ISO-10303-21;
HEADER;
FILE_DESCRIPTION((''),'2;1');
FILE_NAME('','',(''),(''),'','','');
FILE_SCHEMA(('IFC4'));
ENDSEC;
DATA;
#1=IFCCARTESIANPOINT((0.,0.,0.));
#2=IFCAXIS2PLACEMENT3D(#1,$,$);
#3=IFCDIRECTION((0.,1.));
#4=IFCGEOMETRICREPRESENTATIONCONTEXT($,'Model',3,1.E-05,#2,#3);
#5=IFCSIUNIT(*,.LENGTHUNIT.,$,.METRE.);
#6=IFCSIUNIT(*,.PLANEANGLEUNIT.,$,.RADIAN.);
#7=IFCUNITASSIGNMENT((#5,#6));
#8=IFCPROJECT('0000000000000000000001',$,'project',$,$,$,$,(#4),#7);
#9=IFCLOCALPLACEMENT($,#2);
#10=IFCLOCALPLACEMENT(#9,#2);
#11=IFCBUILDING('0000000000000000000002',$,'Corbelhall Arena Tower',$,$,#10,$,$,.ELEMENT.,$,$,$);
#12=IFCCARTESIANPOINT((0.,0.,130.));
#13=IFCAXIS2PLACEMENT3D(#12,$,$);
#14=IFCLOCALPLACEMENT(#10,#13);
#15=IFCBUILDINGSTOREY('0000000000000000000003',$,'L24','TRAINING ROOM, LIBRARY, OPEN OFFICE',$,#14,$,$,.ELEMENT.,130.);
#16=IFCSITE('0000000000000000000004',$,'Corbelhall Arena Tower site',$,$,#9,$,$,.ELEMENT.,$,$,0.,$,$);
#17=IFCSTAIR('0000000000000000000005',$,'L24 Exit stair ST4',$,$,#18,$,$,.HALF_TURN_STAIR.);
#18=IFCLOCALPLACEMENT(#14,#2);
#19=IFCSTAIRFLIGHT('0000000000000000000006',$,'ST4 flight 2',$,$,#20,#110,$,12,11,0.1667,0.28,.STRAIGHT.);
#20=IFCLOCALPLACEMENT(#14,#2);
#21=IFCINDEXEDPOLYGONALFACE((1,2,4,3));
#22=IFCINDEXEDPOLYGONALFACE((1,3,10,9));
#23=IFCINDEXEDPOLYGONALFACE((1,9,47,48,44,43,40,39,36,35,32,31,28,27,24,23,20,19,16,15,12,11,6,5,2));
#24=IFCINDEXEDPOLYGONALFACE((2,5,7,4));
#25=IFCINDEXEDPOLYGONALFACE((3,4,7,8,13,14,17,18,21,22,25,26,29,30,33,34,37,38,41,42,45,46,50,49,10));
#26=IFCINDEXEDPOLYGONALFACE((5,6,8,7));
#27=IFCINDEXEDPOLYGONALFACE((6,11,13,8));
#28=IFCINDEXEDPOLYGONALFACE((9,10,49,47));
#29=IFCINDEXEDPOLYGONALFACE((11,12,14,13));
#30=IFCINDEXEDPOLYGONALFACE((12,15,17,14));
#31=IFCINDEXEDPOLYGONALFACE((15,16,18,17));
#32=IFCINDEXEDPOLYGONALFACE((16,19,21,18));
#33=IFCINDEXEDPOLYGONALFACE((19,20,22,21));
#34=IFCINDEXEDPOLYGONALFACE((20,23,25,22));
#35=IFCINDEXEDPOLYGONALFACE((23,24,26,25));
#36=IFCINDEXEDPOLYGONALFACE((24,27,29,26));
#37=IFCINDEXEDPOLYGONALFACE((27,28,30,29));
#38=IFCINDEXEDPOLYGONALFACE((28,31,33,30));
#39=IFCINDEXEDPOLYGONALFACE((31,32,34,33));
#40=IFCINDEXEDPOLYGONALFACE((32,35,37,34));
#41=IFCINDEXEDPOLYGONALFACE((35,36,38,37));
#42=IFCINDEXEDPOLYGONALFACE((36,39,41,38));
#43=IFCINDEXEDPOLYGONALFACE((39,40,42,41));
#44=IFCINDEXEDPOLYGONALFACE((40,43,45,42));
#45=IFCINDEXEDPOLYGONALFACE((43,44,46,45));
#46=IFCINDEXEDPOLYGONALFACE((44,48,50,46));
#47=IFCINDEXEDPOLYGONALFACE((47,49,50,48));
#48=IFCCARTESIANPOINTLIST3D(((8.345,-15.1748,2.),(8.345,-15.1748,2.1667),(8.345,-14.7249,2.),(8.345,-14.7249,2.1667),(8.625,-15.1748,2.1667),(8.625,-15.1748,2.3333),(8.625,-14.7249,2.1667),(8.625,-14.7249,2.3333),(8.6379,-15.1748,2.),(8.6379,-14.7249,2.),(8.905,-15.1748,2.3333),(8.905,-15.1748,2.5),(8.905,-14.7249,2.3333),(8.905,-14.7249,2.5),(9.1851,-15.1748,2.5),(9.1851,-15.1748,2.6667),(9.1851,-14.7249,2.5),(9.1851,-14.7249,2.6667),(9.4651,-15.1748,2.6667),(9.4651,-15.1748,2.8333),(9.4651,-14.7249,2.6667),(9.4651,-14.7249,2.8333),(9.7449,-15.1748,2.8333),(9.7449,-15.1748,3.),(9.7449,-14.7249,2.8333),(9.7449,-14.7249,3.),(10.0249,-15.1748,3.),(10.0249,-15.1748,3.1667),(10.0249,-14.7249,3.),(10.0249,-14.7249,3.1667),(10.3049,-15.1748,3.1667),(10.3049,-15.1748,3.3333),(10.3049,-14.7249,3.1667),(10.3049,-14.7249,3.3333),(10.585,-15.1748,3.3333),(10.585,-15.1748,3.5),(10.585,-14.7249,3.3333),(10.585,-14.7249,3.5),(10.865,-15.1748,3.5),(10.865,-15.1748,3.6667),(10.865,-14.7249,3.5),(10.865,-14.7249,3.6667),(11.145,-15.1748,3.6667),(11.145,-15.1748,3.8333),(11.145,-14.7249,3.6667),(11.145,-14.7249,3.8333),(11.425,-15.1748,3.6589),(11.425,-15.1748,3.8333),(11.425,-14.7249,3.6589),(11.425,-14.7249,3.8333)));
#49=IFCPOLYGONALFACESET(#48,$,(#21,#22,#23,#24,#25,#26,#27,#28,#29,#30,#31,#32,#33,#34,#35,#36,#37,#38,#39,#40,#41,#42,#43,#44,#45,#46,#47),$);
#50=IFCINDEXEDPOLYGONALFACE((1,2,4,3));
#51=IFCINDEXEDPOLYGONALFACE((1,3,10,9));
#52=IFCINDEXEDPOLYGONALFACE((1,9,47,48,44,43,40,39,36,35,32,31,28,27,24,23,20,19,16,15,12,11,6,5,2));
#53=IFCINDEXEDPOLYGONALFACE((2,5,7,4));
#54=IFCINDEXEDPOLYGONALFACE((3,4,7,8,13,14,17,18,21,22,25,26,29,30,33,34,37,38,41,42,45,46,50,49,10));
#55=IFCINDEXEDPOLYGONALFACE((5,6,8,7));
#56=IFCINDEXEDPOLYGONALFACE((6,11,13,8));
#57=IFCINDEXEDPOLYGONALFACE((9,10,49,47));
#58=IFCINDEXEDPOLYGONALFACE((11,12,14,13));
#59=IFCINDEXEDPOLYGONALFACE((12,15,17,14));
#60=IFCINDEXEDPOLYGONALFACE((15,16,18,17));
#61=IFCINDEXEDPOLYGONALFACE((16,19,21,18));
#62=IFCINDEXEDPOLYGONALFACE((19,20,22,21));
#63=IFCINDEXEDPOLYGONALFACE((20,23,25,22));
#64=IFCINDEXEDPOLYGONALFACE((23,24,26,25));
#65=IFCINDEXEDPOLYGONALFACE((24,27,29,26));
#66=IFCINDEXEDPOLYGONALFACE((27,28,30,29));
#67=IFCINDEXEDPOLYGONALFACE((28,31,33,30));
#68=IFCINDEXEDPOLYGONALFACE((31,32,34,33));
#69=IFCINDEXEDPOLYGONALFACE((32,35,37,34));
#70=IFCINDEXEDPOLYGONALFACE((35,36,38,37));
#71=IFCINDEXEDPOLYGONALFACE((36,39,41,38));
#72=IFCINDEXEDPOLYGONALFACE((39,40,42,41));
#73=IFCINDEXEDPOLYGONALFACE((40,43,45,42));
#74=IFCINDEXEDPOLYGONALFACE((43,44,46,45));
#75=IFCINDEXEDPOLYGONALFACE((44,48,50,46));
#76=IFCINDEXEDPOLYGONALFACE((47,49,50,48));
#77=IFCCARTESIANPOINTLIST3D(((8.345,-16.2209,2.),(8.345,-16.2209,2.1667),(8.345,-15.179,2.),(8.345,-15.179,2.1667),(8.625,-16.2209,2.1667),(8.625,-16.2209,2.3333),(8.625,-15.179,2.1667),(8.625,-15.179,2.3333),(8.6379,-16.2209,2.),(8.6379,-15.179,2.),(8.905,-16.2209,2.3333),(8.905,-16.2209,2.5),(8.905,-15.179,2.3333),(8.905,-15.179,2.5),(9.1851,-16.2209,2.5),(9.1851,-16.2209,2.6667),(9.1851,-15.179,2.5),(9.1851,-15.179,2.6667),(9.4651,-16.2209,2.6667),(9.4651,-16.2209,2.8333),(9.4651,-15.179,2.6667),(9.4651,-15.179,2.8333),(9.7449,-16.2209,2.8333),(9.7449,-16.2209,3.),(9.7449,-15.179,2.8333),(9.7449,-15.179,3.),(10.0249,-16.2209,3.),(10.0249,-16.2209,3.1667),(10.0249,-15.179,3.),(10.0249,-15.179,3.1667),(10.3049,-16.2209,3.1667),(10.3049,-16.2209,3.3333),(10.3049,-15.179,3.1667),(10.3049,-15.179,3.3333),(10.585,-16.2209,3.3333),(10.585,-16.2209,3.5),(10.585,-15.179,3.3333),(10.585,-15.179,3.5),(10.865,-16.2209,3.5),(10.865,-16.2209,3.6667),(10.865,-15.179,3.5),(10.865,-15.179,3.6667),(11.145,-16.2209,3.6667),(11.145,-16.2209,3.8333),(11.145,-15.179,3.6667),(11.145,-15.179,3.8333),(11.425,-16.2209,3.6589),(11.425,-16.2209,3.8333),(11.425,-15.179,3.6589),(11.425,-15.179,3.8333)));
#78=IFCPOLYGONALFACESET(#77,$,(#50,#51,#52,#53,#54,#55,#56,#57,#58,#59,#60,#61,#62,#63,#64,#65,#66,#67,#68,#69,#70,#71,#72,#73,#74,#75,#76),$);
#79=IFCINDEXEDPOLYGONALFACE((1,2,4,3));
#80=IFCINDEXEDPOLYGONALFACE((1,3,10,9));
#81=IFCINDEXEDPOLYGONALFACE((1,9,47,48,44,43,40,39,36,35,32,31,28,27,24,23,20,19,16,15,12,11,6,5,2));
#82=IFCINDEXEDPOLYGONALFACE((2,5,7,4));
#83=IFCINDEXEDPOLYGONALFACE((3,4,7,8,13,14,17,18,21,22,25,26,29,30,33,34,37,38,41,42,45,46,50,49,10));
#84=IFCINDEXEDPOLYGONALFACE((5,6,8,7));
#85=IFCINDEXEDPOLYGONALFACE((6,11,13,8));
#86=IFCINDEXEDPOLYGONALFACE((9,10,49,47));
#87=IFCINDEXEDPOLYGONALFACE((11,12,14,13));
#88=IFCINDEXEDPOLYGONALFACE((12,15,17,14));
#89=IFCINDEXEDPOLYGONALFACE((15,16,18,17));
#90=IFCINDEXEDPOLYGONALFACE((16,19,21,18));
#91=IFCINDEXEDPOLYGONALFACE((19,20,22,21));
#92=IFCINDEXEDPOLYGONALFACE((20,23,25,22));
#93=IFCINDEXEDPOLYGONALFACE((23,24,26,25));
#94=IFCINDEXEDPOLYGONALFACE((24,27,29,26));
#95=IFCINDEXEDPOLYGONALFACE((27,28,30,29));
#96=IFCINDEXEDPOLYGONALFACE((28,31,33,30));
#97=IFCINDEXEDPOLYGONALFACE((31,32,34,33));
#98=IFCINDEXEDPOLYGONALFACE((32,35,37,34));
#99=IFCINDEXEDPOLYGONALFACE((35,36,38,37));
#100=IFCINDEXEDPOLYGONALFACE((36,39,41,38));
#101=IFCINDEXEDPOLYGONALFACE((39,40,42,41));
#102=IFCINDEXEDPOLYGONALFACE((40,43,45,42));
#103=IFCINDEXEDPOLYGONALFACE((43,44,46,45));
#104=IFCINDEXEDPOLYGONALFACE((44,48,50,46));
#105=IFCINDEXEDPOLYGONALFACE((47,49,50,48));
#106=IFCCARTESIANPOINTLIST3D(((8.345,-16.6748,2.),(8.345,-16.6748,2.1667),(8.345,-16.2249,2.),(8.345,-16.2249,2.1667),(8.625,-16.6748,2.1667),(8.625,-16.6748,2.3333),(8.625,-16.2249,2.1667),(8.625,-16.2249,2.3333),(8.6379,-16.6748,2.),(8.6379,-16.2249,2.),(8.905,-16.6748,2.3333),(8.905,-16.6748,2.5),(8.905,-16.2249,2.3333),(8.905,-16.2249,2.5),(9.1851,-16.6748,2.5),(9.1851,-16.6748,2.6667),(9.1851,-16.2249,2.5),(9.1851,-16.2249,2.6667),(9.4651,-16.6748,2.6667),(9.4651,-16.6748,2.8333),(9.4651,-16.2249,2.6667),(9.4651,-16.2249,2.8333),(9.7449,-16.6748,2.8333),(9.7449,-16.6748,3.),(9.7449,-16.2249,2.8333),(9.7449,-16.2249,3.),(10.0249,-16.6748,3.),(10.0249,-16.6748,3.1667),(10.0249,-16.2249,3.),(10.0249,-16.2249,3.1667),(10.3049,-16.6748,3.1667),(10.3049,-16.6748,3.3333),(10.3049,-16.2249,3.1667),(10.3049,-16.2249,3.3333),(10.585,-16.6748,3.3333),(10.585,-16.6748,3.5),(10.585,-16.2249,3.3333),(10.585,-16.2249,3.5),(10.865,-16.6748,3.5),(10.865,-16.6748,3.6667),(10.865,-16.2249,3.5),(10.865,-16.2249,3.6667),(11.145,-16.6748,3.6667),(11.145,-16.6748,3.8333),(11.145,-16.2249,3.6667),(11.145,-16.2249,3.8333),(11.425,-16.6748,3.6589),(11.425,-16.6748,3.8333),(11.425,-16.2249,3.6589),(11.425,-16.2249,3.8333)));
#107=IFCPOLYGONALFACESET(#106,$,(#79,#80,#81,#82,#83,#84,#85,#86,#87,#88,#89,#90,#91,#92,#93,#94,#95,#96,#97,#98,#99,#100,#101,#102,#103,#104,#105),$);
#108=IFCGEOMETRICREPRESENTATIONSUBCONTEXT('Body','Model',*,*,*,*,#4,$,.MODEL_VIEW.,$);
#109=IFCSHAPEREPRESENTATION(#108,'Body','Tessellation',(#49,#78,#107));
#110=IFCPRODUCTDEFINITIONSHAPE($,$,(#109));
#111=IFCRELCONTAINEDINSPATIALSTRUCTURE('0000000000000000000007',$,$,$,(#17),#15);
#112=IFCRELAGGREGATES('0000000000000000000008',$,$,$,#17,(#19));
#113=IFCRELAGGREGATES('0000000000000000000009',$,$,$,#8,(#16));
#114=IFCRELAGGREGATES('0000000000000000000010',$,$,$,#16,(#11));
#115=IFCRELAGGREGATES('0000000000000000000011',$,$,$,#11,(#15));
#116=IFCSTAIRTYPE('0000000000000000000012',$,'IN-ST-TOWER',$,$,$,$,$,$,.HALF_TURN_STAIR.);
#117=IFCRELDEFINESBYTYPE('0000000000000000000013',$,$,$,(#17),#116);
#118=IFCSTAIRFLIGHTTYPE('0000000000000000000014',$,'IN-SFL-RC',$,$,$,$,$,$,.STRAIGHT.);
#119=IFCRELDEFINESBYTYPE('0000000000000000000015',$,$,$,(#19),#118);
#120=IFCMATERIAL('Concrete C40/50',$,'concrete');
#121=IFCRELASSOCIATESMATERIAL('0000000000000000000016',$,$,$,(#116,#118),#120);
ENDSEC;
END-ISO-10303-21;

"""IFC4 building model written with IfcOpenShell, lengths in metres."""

from ifc_helpers import new_model, si_unit, direction, frame, origin, place, context, subcontext, project, spatial, polyline, outline, extrude, material, type_object, element, aggregate, save


model = new_model("IFC4")

# Units and contexts
model_context = context("Model", 3, precision=1e-05, world=origin(), true_north=direction((0.0, 1.0)))
body_context = subcontext(model_context, "Body", "Model", "MODEL_VIEW")
ifc_project = project(units=[si_unit("LENGTHUNIT", "METRE"), si_unit("PLANEANGLEUNIT", "RADIAN")], contexts=[model_context])

# Site, building, storey
site_placement = place(None, origin())
site = spatial("IfcSite", under=ifc_project, at=site_placement, Name="Corbelhall Arena Tower site", CompositionType="ELEMENT", RefElevation=0.0)
building_placement = place(site_placement, origin())
building = spatial("IfcBuilding", under=site, at=building_placement, Name="Corbelhall Arena Tower", CompositionType="ELEMENT")
storey_placement = place(building_placement, frame((0.0, 0.0, 130.0)))
storey = spatial("IfcBuildingStorey", under=building, at=storey_placement, Name="L24", Description="TRAINING ROOM, LIBRARY, OPEN OFFICE", CompositionType="ELEMENT", Elevation=130.0)

# Shared definitions
ifc_material_1 = material(Name="Concrete C40/50", Category="concrete")

# Stair, stair flight
stair_type = type_object("IfcStairType", Name="IN-ST-TOWER", PredefinedType="HALF_TURN_STAIR", material=ifc_material_1)
stair_placement = place(storey_placement, origin())
stair = element("IfcStair", 1, at=stair_placement, inside=storey, type_object=stair_type, Name="L24 Exit stair ST4", PredefinedType="HALF_TURN_STAIR")
stair_flight_type = type_object("IfcStairFlightType", Name="IN-SFL-RC", PredefinedType="STRAIGHT", material=ifc_material_1)
stair_flight_1_placement = place(storey_placement, frame((8.345, -15.7, 2.0), z_axis=(0.0, 0.0, 1.0), x_axis=(1.0, 0.0, 0.0)))
stair_flight_1 = element("IfcStairFlight", 2, at=stair_flight_1_placement, type_object=stair_flight_type, Name="ST4 flight 2", NumberOfRisers=12, NumberOfTreads=11, PredefinedType="STRAIGHT", RiserHeight=0.1667, TreadLength=0.28, context=body_context, shape_type="SweptSolid", body=[
    extrude(outline(polyline([(0.0, 0.0), (0.0, 0.1667), (0.28, 0.1667), (0.28, 0.3333), (0.5601, 0.3333), (0.5601, 0.5), (0.8401, 0.5), (0.8401, 0.6667), (1.1201, 0.6667), (1.1201, 0.8333), (1.3999, 0.8333), (1.3999, 1.0), (1.6799, 1.0), (1.6799, 1.1667), (1.96, 1.1667), (1.96, 1.3333), (2.24, 1.3333), (2.24, 1.5), (2.52, 1.5), (2.52, 1.6667), (2.8, 1.6667), (2.8, 1.8333), (3.0801, 1.8333), (3.0801, 2.0), (3.0801, 1.6589), (0.293, 0.0), (0.0, 0.0)])), frame((0.0, 0.9751, 0.0), z_axis=(0.0, -1.0, 0.0), x_axis=(1.0, 0.0, 0.0)), (0.0, 0.0, 1.0), 0.45),
    extrude(outline(polyline([(0.0, 0.0), (0.0, 0.1667), (0.28, 0.1667), (0.28, 0.3333), (0.5601, 0.3333), (0.5601, 0.5), (0.8401, 0.5), (0.8401, 0.6667), (1.1201, 0.6667), (1.1201, 0.8333), (1.3999, 0.8333), (1.3999, 1.0), (1.6799, 1.0), (1.6799, 1.1667), (1.96, 1.1667), (1.96, 1.3333), (2.24, 1.3333), (2.24, 1.5), (2.52, 1.5), (2.52, 1.6667), (2.8, 1.6667), (2.8, 1.8333), (3.0801, 1.8333), (3.0801, 2.0), (3.0801, 1.6589), (0.293, 0.0), (0.0, 0.0)])), frame((0.0, 0.521, 0.0), z_axis=(0.0, -1.0, 0.0), x_axis=(1.0, 0.0, 0.0)), (0.0, 0.0, 1.0), 1.042),
    extrude(outline(polyline([(0.0, 0.0), (0.0, 0.1667), (0.28, 0.1667), (0.28, 0.3333), (0.5601, 0.3333), (0.5601, 0.5), (0.8401, 0.5), (0.8401, 0.6667), (1.1201, 0.6667), (1.1201, 0.8333), (1.3999, 0.8333), (1.3999, 1.0), (1.6799, 1.0), (1.6799, 1.1667), (1.96, 1.1667), (1.96, 1.3333), (2.24, 1.3333), (2.24, 1.5), (2.52, 1.5), (2.52, 1.6667), (2.8, 1.6667), (2.8, 1.8333), (3.0801, 1.8333), (3.0801, 2.0), (3.0801, 1.6589), (0.293, 0.0), (0.0, 0.0)])), frame((0.0, -0.5249, 0.0), z_axis=(0.0, -1.0, 0.0), x_axis=(1.0, 0.0, 0.0)), (0.0, 0.0, 1.0), 0.45),
])
aggregate(stair, [stair_flight_1])

save(model, "model.ifc")
